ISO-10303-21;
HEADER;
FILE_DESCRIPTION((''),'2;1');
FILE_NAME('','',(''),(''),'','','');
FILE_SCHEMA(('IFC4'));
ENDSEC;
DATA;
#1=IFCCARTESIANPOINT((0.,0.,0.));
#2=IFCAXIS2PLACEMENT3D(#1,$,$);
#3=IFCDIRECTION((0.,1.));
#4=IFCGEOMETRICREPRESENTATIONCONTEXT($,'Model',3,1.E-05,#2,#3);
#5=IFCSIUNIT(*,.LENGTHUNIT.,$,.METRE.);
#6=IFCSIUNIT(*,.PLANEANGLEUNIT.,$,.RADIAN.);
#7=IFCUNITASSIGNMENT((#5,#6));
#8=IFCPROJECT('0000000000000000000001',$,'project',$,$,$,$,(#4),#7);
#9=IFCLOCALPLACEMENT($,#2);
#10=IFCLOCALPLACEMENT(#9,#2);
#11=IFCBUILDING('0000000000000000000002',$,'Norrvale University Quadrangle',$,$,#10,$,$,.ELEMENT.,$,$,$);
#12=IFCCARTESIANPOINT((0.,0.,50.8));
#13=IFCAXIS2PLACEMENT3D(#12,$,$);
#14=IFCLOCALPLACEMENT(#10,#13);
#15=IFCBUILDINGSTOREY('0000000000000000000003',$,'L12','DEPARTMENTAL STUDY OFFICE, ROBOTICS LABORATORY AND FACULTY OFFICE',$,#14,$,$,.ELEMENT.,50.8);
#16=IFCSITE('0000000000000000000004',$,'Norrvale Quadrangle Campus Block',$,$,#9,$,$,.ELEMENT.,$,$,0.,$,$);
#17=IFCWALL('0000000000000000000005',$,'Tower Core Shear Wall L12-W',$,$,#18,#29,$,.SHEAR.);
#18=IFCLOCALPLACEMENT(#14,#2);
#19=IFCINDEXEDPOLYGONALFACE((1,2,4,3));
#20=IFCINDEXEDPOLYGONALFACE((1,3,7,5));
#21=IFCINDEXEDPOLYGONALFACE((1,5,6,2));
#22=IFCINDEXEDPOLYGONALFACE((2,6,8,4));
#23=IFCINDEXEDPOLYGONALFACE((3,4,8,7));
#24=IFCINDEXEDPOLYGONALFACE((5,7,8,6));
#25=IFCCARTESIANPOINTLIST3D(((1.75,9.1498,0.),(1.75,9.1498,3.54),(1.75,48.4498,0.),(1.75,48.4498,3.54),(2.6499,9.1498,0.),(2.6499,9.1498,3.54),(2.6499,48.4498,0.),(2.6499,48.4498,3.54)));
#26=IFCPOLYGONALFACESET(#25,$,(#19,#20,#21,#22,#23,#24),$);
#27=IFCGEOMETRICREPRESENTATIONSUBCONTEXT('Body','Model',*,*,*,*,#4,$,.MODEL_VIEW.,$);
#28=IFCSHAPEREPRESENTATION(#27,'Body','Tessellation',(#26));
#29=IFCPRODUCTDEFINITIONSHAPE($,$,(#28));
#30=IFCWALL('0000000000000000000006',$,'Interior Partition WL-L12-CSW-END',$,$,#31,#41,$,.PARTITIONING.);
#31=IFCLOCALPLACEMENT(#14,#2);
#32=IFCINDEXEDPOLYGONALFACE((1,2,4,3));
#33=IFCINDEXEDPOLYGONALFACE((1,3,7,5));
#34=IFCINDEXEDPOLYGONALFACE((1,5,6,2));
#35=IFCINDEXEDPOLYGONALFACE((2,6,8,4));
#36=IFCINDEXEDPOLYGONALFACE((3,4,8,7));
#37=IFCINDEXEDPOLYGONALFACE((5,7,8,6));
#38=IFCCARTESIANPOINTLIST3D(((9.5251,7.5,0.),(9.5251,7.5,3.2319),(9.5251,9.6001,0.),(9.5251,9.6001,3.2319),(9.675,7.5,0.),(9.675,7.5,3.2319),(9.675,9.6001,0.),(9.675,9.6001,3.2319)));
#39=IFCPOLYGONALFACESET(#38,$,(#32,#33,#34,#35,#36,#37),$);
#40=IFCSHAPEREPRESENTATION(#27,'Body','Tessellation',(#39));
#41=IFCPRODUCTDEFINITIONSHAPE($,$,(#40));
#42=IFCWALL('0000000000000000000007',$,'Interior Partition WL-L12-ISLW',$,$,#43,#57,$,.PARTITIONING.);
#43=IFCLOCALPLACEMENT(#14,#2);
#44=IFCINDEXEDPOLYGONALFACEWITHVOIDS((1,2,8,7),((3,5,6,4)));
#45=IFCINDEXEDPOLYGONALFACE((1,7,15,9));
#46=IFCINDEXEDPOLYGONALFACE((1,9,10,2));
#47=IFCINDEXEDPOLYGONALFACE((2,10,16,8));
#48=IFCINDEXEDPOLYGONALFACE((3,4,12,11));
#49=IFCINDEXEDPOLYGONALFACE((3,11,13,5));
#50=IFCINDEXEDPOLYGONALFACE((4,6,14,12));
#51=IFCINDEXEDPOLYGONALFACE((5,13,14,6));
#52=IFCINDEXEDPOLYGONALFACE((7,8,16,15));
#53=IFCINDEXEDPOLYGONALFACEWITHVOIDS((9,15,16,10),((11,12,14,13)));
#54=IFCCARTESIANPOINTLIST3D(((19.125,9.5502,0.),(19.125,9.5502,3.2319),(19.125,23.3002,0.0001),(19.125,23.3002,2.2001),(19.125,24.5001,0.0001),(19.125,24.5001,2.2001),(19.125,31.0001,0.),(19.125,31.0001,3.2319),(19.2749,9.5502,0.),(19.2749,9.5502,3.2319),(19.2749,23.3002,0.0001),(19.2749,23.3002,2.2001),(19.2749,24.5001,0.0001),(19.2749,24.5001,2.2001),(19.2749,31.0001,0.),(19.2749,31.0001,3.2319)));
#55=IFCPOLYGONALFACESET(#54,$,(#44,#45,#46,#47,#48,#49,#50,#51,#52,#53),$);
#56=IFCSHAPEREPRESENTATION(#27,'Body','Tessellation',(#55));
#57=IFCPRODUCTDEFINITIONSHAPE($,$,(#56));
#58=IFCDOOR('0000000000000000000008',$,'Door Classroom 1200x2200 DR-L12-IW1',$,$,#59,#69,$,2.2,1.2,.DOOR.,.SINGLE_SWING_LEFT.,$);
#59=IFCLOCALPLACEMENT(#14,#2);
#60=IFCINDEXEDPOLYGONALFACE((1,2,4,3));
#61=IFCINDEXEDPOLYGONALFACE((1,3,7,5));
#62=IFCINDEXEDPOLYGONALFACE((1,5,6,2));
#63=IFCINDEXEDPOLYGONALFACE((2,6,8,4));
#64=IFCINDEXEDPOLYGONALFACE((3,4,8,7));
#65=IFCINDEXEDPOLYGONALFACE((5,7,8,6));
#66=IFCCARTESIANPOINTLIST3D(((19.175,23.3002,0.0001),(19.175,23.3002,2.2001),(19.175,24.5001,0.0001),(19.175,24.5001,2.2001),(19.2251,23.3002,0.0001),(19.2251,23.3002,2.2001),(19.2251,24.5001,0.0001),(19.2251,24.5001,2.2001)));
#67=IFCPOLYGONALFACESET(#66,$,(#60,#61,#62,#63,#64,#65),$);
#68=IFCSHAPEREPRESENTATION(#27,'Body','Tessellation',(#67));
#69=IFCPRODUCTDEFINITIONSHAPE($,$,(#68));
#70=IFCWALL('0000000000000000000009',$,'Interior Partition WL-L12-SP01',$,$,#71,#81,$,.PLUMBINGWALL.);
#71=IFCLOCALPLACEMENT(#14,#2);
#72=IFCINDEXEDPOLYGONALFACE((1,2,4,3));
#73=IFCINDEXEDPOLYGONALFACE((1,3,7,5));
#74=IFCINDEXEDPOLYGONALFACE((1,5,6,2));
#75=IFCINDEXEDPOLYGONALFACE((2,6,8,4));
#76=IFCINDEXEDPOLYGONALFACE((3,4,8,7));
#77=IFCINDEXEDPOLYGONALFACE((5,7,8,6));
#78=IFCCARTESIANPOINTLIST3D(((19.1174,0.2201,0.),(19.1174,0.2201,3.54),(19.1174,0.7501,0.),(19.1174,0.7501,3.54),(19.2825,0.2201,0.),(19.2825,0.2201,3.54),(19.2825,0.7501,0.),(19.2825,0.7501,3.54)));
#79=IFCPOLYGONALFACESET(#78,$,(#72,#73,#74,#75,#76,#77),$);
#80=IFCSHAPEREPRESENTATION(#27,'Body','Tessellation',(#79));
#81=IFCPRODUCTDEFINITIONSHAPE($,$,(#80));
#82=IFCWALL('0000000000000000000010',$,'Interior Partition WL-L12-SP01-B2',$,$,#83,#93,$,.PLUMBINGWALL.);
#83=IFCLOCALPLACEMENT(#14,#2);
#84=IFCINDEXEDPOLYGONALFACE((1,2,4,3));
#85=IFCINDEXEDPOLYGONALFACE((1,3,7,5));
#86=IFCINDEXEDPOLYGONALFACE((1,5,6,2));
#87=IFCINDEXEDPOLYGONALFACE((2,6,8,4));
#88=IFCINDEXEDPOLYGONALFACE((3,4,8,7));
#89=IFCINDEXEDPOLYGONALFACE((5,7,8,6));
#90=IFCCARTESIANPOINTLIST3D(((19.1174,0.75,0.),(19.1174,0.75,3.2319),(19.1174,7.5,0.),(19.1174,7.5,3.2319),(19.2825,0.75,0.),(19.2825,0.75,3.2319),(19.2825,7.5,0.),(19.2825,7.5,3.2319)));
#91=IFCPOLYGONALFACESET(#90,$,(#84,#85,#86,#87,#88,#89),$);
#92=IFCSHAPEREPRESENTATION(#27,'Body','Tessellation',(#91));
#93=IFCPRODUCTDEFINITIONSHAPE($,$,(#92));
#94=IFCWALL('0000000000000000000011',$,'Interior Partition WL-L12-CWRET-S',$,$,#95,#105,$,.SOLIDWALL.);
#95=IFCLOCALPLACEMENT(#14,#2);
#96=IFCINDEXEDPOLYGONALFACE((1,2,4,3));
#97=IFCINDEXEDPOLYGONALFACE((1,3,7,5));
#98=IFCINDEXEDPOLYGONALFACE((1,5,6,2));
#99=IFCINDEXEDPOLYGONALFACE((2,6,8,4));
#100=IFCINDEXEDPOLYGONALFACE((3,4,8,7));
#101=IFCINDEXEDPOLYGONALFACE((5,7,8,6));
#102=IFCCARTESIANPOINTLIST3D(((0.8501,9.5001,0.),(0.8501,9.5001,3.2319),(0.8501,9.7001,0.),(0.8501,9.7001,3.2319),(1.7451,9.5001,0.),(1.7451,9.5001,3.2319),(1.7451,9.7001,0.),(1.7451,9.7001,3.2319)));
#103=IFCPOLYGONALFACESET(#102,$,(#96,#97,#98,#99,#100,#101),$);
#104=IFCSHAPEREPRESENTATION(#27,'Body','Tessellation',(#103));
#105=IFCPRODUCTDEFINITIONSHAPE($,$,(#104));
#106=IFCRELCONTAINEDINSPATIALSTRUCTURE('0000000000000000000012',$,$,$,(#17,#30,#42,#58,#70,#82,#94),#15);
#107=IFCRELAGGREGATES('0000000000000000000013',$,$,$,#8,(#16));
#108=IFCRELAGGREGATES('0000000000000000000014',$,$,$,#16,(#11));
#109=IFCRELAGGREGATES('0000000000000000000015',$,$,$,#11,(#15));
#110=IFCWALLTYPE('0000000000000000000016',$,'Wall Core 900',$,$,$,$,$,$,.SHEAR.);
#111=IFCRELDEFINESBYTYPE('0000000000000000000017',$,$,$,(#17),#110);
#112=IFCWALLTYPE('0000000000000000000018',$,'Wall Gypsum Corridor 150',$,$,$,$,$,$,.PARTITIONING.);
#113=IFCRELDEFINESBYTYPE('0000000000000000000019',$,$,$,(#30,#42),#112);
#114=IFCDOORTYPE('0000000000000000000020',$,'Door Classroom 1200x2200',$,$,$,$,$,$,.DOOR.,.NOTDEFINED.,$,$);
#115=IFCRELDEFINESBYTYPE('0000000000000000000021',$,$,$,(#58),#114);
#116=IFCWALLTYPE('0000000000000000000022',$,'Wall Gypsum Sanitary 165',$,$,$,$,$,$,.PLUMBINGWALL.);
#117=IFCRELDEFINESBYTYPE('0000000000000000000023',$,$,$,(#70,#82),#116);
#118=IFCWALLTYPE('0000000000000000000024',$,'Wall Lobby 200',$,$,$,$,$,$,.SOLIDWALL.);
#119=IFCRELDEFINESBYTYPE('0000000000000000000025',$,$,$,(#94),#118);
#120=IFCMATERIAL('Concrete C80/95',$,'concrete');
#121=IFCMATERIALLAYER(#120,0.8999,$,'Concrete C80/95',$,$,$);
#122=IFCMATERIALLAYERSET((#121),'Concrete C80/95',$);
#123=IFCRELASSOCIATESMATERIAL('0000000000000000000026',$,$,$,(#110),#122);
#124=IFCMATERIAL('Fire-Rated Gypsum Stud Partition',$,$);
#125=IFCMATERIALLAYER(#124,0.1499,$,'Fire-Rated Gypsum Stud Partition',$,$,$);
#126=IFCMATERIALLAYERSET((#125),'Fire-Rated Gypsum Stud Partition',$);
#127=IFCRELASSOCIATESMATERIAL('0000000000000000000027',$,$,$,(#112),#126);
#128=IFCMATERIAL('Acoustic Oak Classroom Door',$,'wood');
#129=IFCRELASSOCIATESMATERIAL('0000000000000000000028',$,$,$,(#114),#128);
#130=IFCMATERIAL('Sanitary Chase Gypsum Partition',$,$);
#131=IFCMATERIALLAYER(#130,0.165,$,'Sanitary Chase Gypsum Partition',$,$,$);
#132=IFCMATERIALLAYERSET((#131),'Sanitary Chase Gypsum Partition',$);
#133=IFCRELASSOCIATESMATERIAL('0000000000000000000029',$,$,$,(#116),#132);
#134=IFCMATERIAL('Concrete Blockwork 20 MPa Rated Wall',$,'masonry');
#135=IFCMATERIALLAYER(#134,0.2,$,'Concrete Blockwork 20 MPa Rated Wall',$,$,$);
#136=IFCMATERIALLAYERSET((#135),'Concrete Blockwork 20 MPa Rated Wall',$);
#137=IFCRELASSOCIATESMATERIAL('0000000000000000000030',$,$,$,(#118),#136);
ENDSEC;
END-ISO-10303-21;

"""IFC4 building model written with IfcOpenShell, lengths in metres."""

from ifc_helpers import new_model, si_unit, direction, frame, frame_2d, origin, place, context, subcontext, project, spatial, rectangle, extrude, material, layer, layer_set, type_object, element, fill, save


model = new_model("IFC4")

# Units and contexts
model_context = context("Model", 3, precision=1e-05, world=origin(), true_north=direction((0.0, 1.0)))
body_context = subcontext(model_context, "Body", "Model", "MODEL_VIEW")
ifc_project = project(units=[si_unit("LENGTHUNIT", "METRE"), si_unit("PLANEANGLEUNIT", "RADIAN")], contexts=[model_context])

# Site, building, storey
site_placement = place(None, origin())
site = spatial("IfcSite", under=ifc_project, at=site_placement, Name="Norrvale Quadrangle Campus Block", CompositionType="ELEMENT", RefElevation=0.0)
building_placement = place(site_placement, origin())
building = spatial("IfcBuilding", under=site, at=building_placement, Name="Norrvale University Quadrangle", CompositionType="ELEMENT")
storey_placement = place(building_placement, frame((0.0, 0.0, 50.8)))
storey = spatial("IfcBuildingStorey", under=building, at=storey_placement, Name="L12", Description="DEPARTMENTAL STUDY OFFICE, ROBOTICS LABORATORY AND FACULTY OFFICE", CompositionType="ELEMENT", Elevation=50.8)

# Shared definitions
ifc_material_1 = material(Name="Concrete C80/95", Category="concrete")

# Walls
ifc_layer_1 = layer(ifc_material_1, 0.8999, Name="Concrete C80/95")
ifc_layer_set_1 = layer_set([ifc_layer_1], Name="Concrete C80/95")
wall_type_1 = type_object("IfcWallType", Name="Wall Core 900", PredefinedType="SHEAR", material=ifc_layer_set_1)
wall_1_placement = place(storey_placement, frame((2.2, 9.1499, 0.0), z_axis=(0.0, 0.0, 1.0), x_axis=(0.0, 1.0, 0.0)))
element("IfcWall", 1, at=wall_1_placement, inside=storey, type_object=wall_type_1, Name="Tower Core Shear Wall L12-W", PredefinedType="SHEAR", context=body_context, shape_type="SweptSolid", body=[
    extrude(rectangle(XDim=39.3, YDim=0.8999, at=frame_2d((19.6499, 0.0))), origin(), (0.0, 0.0, 1.0), 3.54),
])
ifc_material_2 = material(Name="Fire-Rated Gypsum Stud Partition")
ifc_layer_2 = layer(ifc_material_2, 0.1499, Name="Fire-Rated Gypsum Stud Partition")
ifc_layer_set_2 = layer_set([ifc_layer_2], Name="Fire-Rated Gypsum Stud Partition")
wall_type_2 = type_object("IfcWallType", Name="Wall Gypsum Corridor 150", PredefinedType="PARTITIONING", material=ifc_layer_set_2)
wall_2_placement = place(storey_placement, frame((9.6001, 7.5, 0.0), z_axis=(0.0, 0.0, 1.0), x_axis=(0.0, 1.0, 0.0)))
element("IfcWall", 2, at=wall_2_placement, inside=storey, type_object=wall_type_2, Name="Interior Partition WL-L12-CSW-END", PredefinedType="PARTITIONING", context=body_context, shape_type="SweptSolid", body=[
    extrude(rectangle(XDim=2.1001, YDim=0.1499, at=frame_2d((1.05, 0.0))), origin(), (0.0, 0.0, 1.0), 3.2319),
])

# Wall, opening, door
wall_3_placement = place(storey_placement, frame((19.2, 9.55, 0.0), z_axis=(0.0, 0.0, 1.0), x_axis=(0.0, 1.0, 0.0)))
wall_3 = element("IfcWall", 3, at=wall_3_placement, inside=storey, type_object=wall_type_2, Name="Interior Partition WL-L12-ISLW", PredefinedType="PARTITIONING", context=body_context, shape_type="SweptSolid", body=[
    extrude(rectangle(XDim=21.45, YDim=0.1499, at=frame_2d((10.7251, 0.0))), origin(), (0.0, 0.0, 1.0), 3.2319),
])
opening_1_placement = place(wall_3_placement, frame((13.75, 0.0, 0.0)))
opening_1 = element("IfcOpeningElement", 4, at=opening_1_placement, cuts=wall_3, PredefinedType="OPENING", context=body_context, shape_type="SweptSolid", body=[
    extrude(rectangle(XDim=1.2, YDim=2.2, at=frame_2d((0.6001, 1.1001))), frame((0.0, 0.0869, 0.0), z_axis=(0.0, -1.0, 0.0), x_axis=(1.0, 0.0, 0.0)), (0.0, 0.0, 1.0), 0.1738),
])
ifc_material_3 = material(Name="Acoustic Oak Classroom Door", Category="wood")
door_type = type_object("IfcDoorType", Name="Door Classroom 1200x2200", OperationType="NOTDEFINED", PredefinedType="DOOR", material=ifc_material_3)
door_placement = place(opening_1_placement, origin())
door = element("IfcDoor", 5, at=door_placement, inside=storey, type_object=door_type, Name="Door Classroom 1200x2200 DR-L12-IW1", OperationType="SINGLE_SWING_LEFT", OverallHeight=2.2, OverallWidth=1.2, PredefinedType="DOOR", context=body_context, shape_type="SweptSolid", body=[
    extrude(rectangle(XDim=1.2, YDim=2.2, at=frame_2d((0.6001, 1.1001))), frame((0.0, 0.0249, 0.0), z_axis=(0.0, -1.0, 0.0), x_axis=(1.0, 0.0, 0.0)), (0.0, 0.0, 1.0), 0.05),
])
fill(opening_1, door)

# Walls
ifc_material_4 = material(Name="Sanitary Chase Gypsum Partition")
ifc_layer_3 = layer(ifc_material_4, 0.165, Name="Sanitary Chase Gypsum Partition")
ifc_layer_set_3 = layer_set([ifc_layer_3], Name="Sanitary Chase Gypsum Partition")
wall_type_3 = type_object("IfcWallType", Name="Wall Gypsum Sanitary 165", PredefinedType="PLUMBINGWALL", material=ifc_layer_set_3)
wall_4_placement = place(storey_placement, frame((19.2, 0.22, 0.0), z_axis=(0.0, 0.0, 1.0), x_axis=(0.0, 1.0, 0.0)))
element("IfcWall", 6, at=wall_4_placement, inside=storey, type_object=wall_type_3, Name="Interior Partition WL-L12-SP01", PredefinedType="PLUMBINGWALL", context=body_context, shape_type="SweptSolid", body=[
    extrude(rectangle(XDim=0.53, YDim=0.165, at=frame_2d((0.2651, 0.0))), origin(), (0.0, 0.0, 1.0), 3.54),
])
wall_5_placement = place(storey_placement, frame((19.2, 0.75, 0.0), z_axis=(0.0, 0.0, 1.0), x_axis=(0.0, 1.0, 0.0)))
element("IfcWall", 7, at=wall_5_placement, inside=storey, type_object=wall_type_3, Name="Interior Partition WL-L12-SP01-B2", PredefinedType="PLUMBINGWALL", context=body_context, shape_type="SweptSolid", body=[
    extrude(rectangle(XDim=6.75, YDim=0.165, at=frame_2d((3.375, 0.0))), origin(), (0.0, 0.0, 1.0), 3.2319),
])
ifc_material_5 = material(Name="Concrete Blockwork 20 MPa Rated Wall", Category="masonry")
ifc_layer_4 = layer(ifc_material_5, 0.2, Name="Concrete Blockwork 20 MPa Rated Wall")
ifc_layer_set_4 = layer_set([ifc_layer_4], Name="Concrete Blockwork 20 MPa Rated Wall")
wall_type_4 = type_object("IfcWallType", Name="Wall Lobby 200", PredefinedType="SOLIDWALL", material=ifc_layer_set_4)
wall_6_placement = place(storey_placement, frame((0.8501, 9.6001, 0.0), z_axis=(0.0, 0.0, 1.0), x_axis=(1.0, 0.0, 0.0)))
element("IfcWall", 8, at=wall_6_placement, inside=storey, type_object=wall_type_4, Name="Interior Partition WL-L12-CWRET-S", PredefinedType="SOLIDWALL", context=body_context, shape_type="SweptSolid", body=[
    extrude(rectangle(XDim=0.895, YDim=0.2, at=frame_2d((0.4475, 0.0))), origin(), (0.0, 0.0, 1.0), 3.2319),
])

save(model, "model.ifc")
